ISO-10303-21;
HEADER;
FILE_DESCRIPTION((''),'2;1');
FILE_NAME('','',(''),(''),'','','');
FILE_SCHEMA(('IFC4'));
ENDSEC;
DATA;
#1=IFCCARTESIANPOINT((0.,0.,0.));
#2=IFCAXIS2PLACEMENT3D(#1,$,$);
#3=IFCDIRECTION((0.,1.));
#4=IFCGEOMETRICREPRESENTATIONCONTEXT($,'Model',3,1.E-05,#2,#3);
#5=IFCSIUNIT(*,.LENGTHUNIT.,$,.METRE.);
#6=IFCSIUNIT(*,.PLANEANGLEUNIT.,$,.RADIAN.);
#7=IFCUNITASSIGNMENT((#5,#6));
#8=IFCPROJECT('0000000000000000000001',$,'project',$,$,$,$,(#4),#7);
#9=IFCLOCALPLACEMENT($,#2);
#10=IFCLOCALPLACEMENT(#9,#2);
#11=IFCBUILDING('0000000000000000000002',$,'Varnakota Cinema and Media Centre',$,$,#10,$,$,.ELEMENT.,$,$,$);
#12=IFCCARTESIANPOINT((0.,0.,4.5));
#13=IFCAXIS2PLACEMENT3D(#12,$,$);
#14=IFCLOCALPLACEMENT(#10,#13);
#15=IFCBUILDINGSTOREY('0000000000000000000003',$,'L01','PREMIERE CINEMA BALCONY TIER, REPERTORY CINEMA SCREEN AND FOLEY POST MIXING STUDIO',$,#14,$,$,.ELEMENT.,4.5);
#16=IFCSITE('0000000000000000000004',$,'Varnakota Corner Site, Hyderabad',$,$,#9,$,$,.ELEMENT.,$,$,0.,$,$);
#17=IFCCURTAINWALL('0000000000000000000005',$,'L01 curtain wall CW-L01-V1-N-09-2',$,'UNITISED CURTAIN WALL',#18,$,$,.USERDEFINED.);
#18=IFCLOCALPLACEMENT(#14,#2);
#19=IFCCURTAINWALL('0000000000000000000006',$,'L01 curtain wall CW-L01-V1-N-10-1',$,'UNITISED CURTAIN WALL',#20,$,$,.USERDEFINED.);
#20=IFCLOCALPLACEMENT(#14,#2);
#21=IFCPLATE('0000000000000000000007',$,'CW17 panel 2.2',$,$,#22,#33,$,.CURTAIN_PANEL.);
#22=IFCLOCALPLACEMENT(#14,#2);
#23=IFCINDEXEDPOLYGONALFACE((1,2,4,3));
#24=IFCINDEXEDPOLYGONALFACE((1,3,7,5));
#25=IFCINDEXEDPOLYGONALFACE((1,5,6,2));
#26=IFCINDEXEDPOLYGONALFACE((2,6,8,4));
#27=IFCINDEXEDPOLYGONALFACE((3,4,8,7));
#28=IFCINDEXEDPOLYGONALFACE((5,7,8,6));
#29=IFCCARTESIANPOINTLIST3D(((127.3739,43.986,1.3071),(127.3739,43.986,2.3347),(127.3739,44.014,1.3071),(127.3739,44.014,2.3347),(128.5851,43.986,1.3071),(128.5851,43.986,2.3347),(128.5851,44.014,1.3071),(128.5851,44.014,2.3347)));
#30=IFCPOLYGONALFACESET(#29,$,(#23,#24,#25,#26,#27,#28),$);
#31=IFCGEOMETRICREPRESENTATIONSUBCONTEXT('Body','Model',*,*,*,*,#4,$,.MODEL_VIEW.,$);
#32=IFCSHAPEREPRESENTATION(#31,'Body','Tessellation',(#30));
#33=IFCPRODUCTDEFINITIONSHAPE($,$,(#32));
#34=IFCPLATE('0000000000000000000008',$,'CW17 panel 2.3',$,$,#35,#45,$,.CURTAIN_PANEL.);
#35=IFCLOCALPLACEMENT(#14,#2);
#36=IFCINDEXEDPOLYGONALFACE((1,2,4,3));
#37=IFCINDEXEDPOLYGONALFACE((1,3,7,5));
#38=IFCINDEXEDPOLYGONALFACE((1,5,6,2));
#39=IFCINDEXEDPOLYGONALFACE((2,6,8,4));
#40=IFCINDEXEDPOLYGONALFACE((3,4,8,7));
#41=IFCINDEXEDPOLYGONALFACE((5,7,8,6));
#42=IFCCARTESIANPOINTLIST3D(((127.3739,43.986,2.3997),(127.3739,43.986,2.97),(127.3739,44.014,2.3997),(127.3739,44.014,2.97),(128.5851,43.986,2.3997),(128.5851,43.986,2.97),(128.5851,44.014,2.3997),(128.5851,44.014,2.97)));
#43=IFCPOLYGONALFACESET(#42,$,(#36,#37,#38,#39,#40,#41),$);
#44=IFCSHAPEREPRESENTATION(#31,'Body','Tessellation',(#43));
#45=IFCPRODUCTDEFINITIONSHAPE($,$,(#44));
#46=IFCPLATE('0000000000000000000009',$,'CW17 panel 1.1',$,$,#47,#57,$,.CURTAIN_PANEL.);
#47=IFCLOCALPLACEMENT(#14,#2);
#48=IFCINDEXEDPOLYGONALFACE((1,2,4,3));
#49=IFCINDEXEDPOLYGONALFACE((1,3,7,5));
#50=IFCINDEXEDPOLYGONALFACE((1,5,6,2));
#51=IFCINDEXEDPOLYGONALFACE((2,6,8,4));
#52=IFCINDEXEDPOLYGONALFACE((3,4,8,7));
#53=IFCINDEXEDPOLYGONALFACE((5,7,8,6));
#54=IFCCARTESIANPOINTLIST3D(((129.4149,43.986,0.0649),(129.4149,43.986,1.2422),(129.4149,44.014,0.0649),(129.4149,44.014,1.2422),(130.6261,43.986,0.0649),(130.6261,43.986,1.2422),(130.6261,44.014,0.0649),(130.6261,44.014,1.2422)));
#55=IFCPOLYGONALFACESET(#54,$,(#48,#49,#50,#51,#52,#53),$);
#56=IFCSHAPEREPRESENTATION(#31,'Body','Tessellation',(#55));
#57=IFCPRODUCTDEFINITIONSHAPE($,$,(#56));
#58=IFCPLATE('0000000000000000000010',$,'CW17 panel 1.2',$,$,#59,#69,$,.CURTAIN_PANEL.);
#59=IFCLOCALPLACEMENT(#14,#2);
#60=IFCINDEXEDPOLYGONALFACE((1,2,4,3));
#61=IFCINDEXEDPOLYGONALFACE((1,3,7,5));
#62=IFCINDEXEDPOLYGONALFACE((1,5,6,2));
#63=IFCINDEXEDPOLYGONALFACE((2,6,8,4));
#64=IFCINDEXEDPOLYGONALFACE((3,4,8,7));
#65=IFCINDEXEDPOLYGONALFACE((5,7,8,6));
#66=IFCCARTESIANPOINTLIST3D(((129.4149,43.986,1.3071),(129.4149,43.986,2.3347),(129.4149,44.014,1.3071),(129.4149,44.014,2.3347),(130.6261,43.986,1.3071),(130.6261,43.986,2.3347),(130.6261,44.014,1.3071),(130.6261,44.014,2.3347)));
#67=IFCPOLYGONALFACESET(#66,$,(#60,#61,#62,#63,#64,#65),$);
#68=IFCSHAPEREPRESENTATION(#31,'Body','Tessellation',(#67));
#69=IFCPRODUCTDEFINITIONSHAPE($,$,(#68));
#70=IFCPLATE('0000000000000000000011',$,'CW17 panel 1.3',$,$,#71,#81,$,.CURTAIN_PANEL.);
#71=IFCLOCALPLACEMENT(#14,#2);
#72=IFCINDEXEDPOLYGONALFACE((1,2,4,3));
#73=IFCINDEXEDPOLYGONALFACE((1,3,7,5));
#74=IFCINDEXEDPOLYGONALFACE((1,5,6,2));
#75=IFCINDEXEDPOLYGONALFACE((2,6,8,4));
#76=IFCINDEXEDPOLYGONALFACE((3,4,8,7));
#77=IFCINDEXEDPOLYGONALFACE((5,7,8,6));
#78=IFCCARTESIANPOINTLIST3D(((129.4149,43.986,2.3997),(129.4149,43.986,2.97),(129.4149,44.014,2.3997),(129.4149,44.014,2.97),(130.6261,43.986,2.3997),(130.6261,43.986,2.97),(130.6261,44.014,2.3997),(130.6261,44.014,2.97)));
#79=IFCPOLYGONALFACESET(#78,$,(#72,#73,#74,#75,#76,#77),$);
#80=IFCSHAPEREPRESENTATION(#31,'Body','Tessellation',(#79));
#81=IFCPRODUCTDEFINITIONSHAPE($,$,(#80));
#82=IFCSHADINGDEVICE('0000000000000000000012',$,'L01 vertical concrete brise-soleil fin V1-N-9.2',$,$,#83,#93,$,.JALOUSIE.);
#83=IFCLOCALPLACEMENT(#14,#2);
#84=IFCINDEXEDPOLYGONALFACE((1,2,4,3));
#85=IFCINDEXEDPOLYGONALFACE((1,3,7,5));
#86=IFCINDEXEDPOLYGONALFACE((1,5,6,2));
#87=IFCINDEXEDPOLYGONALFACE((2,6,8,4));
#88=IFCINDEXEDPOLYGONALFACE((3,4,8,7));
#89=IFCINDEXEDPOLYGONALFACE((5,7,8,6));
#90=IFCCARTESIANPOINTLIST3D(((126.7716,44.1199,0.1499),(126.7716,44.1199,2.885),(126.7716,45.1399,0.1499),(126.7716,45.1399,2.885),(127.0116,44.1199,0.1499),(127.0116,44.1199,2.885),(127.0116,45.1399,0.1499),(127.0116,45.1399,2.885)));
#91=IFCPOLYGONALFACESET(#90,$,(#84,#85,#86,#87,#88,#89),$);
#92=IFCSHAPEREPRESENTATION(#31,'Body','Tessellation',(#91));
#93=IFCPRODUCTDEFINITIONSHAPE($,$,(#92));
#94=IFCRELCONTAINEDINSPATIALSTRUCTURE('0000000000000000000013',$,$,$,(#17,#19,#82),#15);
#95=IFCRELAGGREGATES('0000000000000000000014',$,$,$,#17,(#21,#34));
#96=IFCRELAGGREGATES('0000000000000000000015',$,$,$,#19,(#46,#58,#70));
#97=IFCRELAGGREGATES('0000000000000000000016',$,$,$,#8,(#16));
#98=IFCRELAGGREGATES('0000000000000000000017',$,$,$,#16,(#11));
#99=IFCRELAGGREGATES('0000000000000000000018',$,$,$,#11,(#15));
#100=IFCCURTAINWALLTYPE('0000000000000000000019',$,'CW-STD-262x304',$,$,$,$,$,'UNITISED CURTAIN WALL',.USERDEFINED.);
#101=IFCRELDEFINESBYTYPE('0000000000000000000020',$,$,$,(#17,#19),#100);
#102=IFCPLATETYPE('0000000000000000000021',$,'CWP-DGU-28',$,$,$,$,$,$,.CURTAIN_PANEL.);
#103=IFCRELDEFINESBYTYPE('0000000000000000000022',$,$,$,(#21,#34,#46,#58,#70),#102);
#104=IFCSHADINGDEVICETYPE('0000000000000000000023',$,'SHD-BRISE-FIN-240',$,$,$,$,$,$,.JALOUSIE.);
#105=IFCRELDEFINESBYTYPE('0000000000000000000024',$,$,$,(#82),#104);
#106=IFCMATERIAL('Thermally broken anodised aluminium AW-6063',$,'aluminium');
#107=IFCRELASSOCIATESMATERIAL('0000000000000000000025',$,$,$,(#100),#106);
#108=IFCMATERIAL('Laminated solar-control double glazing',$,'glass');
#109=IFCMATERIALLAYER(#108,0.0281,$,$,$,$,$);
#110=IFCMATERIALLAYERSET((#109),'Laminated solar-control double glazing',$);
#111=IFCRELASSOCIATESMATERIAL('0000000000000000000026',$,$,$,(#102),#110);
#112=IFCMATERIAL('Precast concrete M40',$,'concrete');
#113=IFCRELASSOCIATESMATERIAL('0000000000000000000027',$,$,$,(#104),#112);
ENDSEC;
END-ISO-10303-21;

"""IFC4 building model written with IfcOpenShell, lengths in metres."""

from ifc_helpers import new_model, si_unit, direction, frame, origin, origin_2d, place, context, subcontext, project, spatial, rectangle, extrude, material, layer, layer_set, type_object, element, aggregate, save


model = new_model("IFC4")

# Units and contexts
model_context = context("Model", 3, precision=1e-05, world=origin(), true_north=direction((0.0, 1.0)))
body_context = subcontext(model_context, "Body", "Model", "MODEL_VIEW")
ifc_project = project(units=[si_unit("LENGTHUNIT", "METRE"), si_unit("PLANEANGLEUNIT", "RADIAN")], contexts=[model_context])

# Site, building, storey
site_placement = place(None, origin())
site = spatial("IfcSite", under=ifc_project, at=site_placement, Name="Varnakota Corner Site, Hyderabad", CompositionType="ELEMENT", RefElevation=0.0)
building_placement = place(site_placement, origin())
building = spatial("IfcBuilding", under=site, at=building_placement, Name="Varnakota Cinema and Media Centre", CompositionType="ELEMENT")
storey_placement = place(building_placement, frame((0.0, 0.0, 4.5)))
storey = spatial("IfcBuildingStorey", under=building, at=storey_placement, Name="L01", Description="PREMIERE CINEMA BALCONY TIER, REPERTORY CINEMA SCREEN AND FOLEY POST MIXING STUDIO", CompositionType="ELEMENT", Elevation=4.5)

# Curtain walls
ifc_material_1 = material(Name="Thermally broken anodised aluminium AW-6063", Category="aluminium")
curtain_wall_type = type_object("IfcCurtainWallType", Name="CW-STD-262x304", ElementType="UNITISED CURTAIN WALL", PredefinedType="USERDEFINED", material=ifc_material_1)
curtain_wall_1_placement = place(storey_placement, origin())
curtain_wall_1 = element("IfcCurtainWall", 1, at=curtain_wall_1_placement, inside=storey, type_object=curtain_wall_type, Name="L01 curtain wall CW-L01-V1-N-09-2", ObjectType="UNITISED CURTAIN WALL", PredefinedType="USERDEFINED")
curtain_wall_2_placement = place(storey_placement, origin())
curtain_wall_2 = element("IfcCurtainWall", 2, at=curtain_wall_2_placement, inside=storey, type_object=curtain_wall_type, Name="L01 curtain wall CW-L01-V1-N-10-1", ObjectType="UNITISED CURTAIN WALL", PredefinedType="USERDEFINED")

# Plates
ifc_material_2 = material(Name="Laminated solar-control double glazing", Category="glass")
ifc_layer = layer(ifc_material_2, 0.0281)
ifc_layer_set = layer_set([ifc_layer], Name="Laminated solar-control double glazing")
plate_type = type_object("IfcPlateType", Name="CWP-DGU-28", PredefinedType="CURTAIN_PANEL", material=ifc_layer_set)
plate_1_placement = place(storey_placement, frame((127.9795, 44.0, 1.3071), z_axis=(0.0, 0.0, 1.0), x_axis=(1.0, 0.0, 0.0)))
plate_1 = element("IfcPlate", 3, at=plate_1_placement, type_object=plate_type, Name="CW17 panel 2.2", PredefinedType="CURTAIN_PANEL", context=body_context, shape_type="SweptSolid", body=[
    extrude(rectangle(XDim=1.2112, YDim=0.0281, at=origin_2d()), origin(), (0.0, 0.0, 1.0), 1.0276),
])
plate_2_placement = place(storey_placement, frame((127.9795, 44.0, 2.3997), z_axis=(0.0, 0.0, 1.0), x_axis=(1.0, 0.0, 0.0)))
plate_2 = element("IfcPlate", 4, at=plate_2_placement, type_object=plate_type, Name="CW17 panel 2.3", PredefinedType="CURTAIN_PANEL", context=body_context, shape_type="SweptSolid", body=[
    extrude(rectangle(XDim=1.2112, YDim=0.0281, at=origin_2d()), origin(), (0.0, 0.0, 1.0), 0.5703),
])
aggregate(curtain_wall_1, [plate_1, plate_2])
plate_3_placement = place(storey_placement, frame((130.0205, 44.0, 0.0649), z_axis=(0.0, 0.0, 1.0), x_axis=(1.0, 0.0, 0.0)))
plate_3 = element("IfcPlate", 5, at=plate_3_placement, type_object=plate_type, Name="CW17 panel 1.1", PredefinedType="CURTAIN_PANEL", context=body_context, shape_type="SweptSolid", body=[
    extrude(rectangle(XDim=1.2112, YDim=0.0281, at=origin_2d()), origin(), (0.0, 0.0, 1.0), 1.1772),
])
plate_4_placement = place(storey_placement, frame((130.0205, 44.0, 1.3071), z_axis=(0.0, 0.0, 1.0), x_axis=(1.0, 0.0, 0.0)))
plate_4 = element("IfcPlate", 6, at=plate_4_placement, type_object=plate_type, Name="CW17 panel 1.2", PredefinedType="CURTAIN_PANEL", context=body_context, shape_type="SweptSolid", body=[
    extrude(rectangle(XDim=1.2112, YDim=0.0281, at=origin_2d()), origin(), (0.0, 0.0, 1.0), 1.0276),
])
plate_5_placement = place(storey_placement, frame((130.0205, 44.0, 2.3997), z_axis=(0.0, 0.0, 1.0), x_axis=(1.0, 0.0, 0.0)))
plate_5 = element("IfcPlate", 7, at=plate_5_placement, type_object=plate_type, Name="CW17 panel 1.3", PredefinedType="CURTAIN_PANEL", context=body_context, shape_type="SweptSolid", body=[
    extrude(rectangle(XDim=1.2112, YDim=0.0281, at=origin_2d()), origin(), (0.0, 0.0, 1.0), 0.5703),
])
aggregate(curtain_wall_2, [plate_3, plate_4, plate_5])

# Shading device
ifc_material_3 = material(Name="Precast concrete M40", Category="concrete")
shading_device_type = type_object("IfcShadingDeviceType", Name="SHD-BRISE-FIN-240", PredefinedType="JALOUSIE", material=ifc_material_3)
shading_device_placement = place(storey_placement, frame((126.8916, 44.6299, 0.1499), z_axis=(0.0, 0.0, 1.0), x_axis=(1.0, 0.0, 0.0)))
element("IfcShadingDevice", 8, at=shading_device_placement, inside=storey, type_object=shading_device_type, Name="L01 vertical concrete brise-soleil fin V1-N-9.2", PredefinedType="JALOUSIE", context=body_context, shape_type="SweptSolid", body=[
    extrude(rectangle(XDim=0.24, YDim=1.02, at=origin_2d()), origin(), (0.0, 0.0, 1.0), 2.7351),
])

save(model, "model.ifc")
